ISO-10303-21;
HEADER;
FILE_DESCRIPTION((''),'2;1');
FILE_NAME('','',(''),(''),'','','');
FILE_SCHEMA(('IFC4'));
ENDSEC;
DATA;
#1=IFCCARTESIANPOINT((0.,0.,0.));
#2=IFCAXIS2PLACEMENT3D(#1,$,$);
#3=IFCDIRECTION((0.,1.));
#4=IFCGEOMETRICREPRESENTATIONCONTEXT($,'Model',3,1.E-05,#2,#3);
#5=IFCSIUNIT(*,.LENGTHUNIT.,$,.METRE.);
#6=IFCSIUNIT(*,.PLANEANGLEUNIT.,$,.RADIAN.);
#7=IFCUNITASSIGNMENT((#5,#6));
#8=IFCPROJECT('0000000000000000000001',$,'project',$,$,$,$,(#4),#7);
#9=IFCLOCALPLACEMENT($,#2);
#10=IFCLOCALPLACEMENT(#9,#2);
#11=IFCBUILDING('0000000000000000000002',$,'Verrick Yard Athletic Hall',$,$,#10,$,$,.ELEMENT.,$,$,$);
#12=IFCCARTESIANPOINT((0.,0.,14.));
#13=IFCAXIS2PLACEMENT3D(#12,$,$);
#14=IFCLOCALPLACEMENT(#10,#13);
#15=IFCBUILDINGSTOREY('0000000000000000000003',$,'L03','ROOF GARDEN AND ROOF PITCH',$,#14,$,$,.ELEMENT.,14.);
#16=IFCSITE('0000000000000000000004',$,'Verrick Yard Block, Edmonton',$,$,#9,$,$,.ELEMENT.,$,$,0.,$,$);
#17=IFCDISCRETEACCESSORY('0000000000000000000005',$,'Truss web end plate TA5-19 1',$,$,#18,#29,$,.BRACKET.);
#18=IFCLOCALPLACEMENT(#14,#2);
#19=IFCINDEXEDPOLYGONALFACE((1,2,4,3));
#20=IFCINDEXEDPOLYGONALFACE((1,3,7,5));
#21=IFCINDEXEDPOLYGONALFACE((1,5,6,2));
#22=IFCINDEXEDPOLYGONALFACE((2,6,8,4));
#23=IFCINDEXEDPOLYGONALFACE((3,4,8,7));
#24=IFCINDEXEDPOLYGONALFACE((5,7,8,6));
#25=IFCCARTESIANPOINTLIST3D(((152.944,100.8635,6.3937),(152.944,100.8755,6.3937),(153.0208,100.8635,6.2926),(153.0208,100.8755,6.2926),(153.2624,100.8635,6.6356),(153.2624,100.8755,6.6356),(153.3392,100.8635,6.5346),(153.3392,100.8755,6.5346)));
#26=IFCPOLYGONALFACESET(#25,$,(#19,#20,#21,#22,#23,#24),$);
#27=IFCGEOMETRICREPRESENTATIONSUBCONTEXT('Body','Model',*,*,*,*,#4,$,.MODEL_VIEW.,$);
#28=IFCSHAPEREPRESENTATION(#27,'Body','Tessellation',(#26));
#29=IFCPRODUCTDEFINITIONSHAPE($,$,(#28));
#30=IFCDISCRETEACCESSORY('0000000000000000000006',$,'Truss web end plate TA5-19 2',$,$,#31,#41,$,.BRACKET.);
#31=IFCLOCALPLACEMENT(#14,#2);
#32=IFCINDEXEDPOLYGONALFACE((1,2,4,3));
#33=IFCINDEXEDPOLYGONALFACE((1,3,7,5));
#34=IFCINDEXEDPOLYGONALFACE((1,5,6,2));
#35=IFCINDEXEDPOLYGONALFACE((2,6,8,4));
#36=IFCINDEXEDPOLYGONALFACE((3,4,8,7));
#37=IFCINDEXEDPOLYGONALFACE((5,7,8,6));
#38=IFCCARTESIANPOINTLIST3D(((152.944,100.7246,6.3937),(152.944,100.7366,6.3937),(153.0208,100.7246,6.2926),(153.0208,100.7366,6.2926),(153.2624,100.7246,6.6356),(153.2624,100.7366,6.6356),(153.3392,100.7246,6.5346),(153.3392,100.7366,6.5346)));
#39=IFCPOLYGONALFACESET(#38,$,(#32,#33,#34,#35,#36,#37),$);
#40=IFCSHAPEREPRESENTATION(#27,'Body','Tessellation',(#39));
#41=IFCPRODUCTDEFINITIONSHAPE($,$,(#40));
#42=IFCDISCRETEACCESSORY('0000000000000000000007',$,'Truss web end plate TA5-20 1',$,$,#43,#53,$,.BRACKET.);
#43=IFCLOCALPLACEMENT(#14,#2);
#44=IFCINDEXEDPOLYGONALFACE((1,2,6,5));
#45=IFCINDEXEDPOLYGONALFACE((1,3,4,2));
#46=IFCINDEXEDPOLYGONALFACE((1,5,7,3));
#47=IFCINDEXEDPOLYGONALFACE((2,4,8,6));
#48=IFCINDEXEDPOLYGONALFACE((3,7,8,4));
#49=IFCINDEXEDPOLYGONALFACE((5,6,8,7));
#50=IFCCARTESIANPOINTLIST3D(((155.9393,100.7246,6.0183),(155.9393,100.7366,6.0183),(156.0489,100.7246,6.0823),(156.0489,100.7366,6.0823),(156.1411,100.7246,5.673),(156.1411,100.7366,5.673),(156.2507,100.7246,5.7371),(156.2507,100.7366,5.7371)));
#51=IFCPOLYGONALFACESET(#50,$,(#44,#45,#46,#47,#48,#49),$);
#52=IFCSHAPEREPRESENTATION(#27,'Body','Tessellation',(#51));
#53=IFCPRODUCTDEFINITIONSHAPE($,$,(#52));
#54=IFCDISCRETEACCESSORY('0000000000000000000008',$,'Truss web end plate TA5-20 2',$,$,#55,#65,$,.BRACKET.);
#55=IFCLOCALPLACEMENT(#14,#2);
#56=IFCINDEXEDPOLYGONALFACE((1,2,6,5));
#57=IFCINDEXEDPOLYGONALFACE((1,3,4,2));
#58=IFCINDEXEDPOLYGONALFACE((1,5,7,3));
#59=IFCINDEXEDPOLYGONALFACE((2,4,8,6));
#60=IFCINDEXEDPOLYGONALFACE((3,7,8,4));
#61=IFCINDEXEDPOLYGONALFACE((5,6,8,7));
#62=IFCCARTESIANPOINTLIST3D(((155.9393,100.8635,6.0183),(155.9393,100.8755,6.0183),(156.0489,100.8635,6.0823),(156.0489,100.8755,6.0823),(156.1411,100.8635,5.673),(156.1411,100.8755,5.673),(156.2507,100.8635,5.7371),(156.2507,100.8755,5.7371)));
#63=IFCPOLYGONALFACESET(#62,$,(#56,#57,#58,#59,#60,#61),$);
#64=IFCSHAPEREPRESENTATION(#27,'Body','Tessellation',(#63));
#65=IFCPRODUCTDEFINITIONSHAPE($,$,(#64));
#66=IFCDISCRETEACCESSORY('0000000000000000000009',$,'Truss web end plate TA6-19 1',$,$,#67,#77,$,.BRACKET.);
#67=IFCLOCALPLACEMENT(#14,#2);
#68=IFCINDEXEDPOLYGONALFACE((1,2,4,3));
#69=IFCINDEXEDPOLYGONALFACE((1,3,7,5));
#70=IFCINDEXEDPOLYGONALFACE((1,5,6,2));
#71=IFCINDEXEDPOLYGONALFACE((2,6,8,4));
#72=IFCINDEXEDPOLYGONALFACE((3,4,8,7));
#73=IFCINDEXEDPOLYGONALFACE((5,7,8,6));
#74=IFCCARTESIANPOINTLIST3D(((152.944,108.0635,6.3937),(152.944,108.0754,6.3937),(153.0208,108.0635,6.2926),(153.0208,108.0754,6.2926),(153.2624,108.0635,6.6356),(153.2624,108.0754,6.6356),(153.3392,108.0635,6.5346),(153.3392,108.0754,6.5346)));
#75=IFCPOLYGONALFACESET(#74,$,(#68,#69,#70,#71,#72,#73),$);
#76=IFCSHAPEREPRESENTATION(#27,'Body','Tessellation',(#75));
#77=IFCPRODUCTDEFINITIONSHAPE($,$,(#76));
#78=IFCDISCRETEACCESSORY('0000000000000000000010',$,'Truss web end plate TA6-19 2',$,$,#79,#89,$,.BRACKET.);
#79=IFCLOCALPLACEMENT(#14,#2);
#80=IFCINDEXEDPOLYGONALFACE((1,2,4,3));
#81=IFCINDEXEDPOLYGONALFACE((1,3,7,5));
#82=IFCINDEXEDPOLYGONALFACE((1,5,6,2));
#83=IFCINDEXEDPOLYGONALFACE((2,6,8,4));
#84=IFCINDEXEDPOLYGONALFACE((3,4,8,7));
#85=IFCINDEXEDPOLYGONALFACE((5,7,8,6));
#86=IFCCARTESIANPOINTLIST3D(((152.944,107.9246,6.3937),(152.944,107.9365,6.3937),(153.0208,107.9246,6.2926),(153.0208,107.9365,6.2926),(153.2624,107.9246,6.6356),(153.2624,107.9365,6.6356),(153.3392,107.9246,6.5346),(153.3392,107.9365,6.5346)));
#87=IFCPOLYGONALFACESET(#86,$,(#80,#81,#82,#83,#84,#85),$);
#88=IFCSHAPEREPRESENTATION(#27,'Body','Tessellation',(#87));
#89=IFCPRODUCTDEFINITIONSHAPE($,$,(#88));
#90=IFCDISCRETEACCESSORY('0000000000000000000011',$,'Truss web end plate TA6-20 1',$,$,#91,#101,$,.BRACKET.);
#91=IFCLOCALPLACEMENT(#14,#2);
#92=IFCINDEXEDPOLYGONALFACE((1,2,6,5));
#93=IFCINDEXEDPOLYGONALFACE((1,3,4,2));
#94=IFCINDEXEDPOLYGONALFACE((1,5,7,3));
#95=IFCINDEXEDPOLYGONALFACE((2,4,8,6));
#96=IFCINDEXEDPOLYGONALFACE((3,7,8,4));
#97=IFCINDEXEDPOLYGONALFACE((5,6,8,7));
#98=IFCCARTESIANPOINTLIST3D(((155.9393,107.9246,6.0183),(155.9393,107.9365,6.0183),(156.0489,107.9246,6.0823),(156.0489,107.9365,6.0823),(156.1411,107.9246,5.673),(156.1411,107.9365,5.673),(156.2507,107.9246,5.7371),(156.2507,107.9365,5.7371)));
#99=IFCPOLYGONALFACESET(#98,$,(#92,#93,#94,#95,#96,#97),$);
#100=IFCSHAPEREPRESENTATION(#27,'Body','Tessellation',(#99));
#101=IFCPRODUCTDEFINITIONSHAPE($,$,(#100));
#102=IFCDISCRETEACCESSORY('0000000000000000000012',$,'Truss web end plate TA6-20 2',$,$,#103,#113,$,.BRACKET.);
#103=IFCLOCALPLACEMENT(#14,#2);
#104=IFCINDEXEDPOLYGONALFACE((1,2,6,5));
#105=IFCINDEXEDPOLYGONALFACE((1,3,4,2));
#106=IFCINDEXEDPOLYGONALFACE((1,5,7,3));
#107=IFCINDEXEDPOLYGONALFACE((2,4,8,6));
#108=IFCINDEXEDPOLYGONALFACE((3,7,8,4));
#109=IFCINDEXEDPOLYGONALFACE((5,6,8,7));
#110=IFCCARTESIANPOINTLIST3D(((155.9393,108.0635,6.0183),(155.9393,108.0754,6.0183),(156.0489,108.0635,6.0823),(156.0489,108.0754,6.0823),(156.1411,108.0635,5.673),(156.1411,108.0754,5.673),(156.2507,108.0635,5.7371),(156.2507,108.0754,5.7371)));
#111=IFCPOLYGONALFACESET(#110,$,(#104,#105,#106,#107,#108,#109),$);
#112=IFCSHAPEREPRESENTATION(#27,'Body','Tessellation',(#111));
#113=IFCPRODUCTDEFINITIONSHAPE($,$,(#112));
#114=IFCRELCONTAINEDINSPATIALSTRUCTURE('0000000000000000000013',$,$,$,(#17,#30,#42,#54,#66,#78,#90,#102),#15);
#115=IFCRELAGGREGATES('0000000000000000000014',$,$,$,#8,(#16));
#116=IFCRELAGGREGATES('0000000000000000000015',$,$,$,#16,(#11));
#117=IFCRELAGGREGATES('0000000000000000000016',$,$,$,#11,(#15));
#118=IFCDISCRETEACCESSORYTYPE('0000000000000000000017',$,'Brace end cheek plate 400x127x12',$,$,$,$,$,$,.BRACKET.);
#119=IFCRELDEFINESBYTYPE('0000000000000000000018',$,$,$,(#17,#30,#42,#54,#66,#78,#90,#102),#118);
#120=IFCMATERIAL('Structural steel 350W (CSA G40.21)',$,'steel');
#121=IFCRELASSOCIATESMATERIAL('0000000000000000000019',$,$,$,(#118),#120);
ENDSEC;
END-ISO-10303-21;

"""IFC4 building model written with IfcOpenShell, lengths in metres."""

from ifc_helpers import new_model, si_unit, direction, frame, origin, origin_2d, place, context, subcontext, project, spatial, rectangle, extrude, material, material_profile, profile_set, type_object, element, save


model = new_model("IFC4")

# Units and contexts
model_context = context("Model", 3, precision=1e-05, world=origin(), true_north=direction((0.0, 1.0)))
body_context = subcontext(model_context, "Body", "Model", "MODEL_VIEW")
ifc_project = project(units=[si_unit("LENGTHUNIT", "METRE"), si_unit("PLANEANGLEUNIT", "RADIAN")], contexts=[model_context])

# Site, building, storey
site_placement = place(None, origin())
site = spatial("IfcSite", under=ifc_project, at=site_placement, Name="Verrick Yard Block, Edmonton", CompositionType="ELEMENT", RefElevation=0.0)
building_placement = place(site_placement, origin())
building = spatial("IfcBuilding", under=site, at=building_placement, Name="Verrick Yard Athletic Hall", CompositionType="ELEMENT")
storey_placement = place(building_placement, frame((0.0, 0.0, 14.0)))
storey = spatial("IfcBuildingStorey", under=building, at=storey_placement, Name="L03", Description="ROOF GARDEN AND ROOF PITCH", CompositionType="ELEMENT", Elevation=14.0)

# Discrete accessories
ifc_material_1 = material(Name="Structural steel 350W (CSA G40.21)", Category="steel")
ifc_material_profile_1 = material_profile(ifc_material_1, rectangle(XDim=0.3999, YDim=0.127, at=origin_2d()), Name="Brace end cheek plate")
ifc_profile_set_1 = profile_set([ifc_material_profile_1], Name="Structural steel 350W (CSA G40.21)")
discrete_accessory_type = type_object("IfcDiscreteAccessoryType", Name="Brace end cheek plate 400x127x12", PredefinedType="BRACKET", material=ifc_profile_set_1)
for number, where, z_axis, x_axis, name in (
    (1, (153.1416, 100.8635, 6.4641), (0.0, 1.0, 0.0), (0.796193, 0.0, 0.605042), "Truss web end plate TA5-19 1"),
    (2, (153.1416, 100.7366, 6.4641), (0.0, -1.0, 0.0), (0.796193, 0.0, 0.605042), "Truss web end plate TA5-19 2"),
    (3, (156.095, 100.7366, 5.8777), (0.0, -1.0, 0.0), (-0.504597, 0.0, 0.863355), "Truss web end plate TA5-20 1"),
    (4, (156.095, 100.8635, 5.8777), (0.0, 1.0, 0.0), (-0.504597, 0.0, 0.863355), "Truss web end plate TA5-20 2"),
    (5, (153.1416, 108.0635, 6.4641), (0.0, 1.0, 0.0), (0.796193, 0.0, 0.605042), "Truss web end plate TA6-19 1"),
    (6, (153.1416, 107.9365, 6.4641), (0.0, -1.0, 0.0), (0.796193, 0.0, 0.605042), "Truss web end plate TA6-19 2"),
    (7, (156.095, 107.9365, 5.8777), (0.0, -1.0, 0.0), (-0.504597, 0.0, 0.863355), "Truss web end plate TA6-20 1"),
    (8, (156.095, 108.0635, 5.8777), (0.0, 1.0, 0.0), (-0.504597, 0.0, 0.863355), "Truss web end plate TA6-20 2"),
):
    element("IfcDiscreteAccessory", number, at=place(storey_placement, frame(where, z_axis=z_axis, x_axis=x_axis)), inside=storey, type_object=discrete_accessory_type, Name=name, PredefinedType="BRACKET", context=body_context, shape_type="SweptSolid", body=[
        extrude(rectangle(XDim=0.3999, YDim=0.127, at=origin_2d()), origin(), (0.0, 0.0, 1.0), 0.012),
    ])

save(model, "model.ifc")
